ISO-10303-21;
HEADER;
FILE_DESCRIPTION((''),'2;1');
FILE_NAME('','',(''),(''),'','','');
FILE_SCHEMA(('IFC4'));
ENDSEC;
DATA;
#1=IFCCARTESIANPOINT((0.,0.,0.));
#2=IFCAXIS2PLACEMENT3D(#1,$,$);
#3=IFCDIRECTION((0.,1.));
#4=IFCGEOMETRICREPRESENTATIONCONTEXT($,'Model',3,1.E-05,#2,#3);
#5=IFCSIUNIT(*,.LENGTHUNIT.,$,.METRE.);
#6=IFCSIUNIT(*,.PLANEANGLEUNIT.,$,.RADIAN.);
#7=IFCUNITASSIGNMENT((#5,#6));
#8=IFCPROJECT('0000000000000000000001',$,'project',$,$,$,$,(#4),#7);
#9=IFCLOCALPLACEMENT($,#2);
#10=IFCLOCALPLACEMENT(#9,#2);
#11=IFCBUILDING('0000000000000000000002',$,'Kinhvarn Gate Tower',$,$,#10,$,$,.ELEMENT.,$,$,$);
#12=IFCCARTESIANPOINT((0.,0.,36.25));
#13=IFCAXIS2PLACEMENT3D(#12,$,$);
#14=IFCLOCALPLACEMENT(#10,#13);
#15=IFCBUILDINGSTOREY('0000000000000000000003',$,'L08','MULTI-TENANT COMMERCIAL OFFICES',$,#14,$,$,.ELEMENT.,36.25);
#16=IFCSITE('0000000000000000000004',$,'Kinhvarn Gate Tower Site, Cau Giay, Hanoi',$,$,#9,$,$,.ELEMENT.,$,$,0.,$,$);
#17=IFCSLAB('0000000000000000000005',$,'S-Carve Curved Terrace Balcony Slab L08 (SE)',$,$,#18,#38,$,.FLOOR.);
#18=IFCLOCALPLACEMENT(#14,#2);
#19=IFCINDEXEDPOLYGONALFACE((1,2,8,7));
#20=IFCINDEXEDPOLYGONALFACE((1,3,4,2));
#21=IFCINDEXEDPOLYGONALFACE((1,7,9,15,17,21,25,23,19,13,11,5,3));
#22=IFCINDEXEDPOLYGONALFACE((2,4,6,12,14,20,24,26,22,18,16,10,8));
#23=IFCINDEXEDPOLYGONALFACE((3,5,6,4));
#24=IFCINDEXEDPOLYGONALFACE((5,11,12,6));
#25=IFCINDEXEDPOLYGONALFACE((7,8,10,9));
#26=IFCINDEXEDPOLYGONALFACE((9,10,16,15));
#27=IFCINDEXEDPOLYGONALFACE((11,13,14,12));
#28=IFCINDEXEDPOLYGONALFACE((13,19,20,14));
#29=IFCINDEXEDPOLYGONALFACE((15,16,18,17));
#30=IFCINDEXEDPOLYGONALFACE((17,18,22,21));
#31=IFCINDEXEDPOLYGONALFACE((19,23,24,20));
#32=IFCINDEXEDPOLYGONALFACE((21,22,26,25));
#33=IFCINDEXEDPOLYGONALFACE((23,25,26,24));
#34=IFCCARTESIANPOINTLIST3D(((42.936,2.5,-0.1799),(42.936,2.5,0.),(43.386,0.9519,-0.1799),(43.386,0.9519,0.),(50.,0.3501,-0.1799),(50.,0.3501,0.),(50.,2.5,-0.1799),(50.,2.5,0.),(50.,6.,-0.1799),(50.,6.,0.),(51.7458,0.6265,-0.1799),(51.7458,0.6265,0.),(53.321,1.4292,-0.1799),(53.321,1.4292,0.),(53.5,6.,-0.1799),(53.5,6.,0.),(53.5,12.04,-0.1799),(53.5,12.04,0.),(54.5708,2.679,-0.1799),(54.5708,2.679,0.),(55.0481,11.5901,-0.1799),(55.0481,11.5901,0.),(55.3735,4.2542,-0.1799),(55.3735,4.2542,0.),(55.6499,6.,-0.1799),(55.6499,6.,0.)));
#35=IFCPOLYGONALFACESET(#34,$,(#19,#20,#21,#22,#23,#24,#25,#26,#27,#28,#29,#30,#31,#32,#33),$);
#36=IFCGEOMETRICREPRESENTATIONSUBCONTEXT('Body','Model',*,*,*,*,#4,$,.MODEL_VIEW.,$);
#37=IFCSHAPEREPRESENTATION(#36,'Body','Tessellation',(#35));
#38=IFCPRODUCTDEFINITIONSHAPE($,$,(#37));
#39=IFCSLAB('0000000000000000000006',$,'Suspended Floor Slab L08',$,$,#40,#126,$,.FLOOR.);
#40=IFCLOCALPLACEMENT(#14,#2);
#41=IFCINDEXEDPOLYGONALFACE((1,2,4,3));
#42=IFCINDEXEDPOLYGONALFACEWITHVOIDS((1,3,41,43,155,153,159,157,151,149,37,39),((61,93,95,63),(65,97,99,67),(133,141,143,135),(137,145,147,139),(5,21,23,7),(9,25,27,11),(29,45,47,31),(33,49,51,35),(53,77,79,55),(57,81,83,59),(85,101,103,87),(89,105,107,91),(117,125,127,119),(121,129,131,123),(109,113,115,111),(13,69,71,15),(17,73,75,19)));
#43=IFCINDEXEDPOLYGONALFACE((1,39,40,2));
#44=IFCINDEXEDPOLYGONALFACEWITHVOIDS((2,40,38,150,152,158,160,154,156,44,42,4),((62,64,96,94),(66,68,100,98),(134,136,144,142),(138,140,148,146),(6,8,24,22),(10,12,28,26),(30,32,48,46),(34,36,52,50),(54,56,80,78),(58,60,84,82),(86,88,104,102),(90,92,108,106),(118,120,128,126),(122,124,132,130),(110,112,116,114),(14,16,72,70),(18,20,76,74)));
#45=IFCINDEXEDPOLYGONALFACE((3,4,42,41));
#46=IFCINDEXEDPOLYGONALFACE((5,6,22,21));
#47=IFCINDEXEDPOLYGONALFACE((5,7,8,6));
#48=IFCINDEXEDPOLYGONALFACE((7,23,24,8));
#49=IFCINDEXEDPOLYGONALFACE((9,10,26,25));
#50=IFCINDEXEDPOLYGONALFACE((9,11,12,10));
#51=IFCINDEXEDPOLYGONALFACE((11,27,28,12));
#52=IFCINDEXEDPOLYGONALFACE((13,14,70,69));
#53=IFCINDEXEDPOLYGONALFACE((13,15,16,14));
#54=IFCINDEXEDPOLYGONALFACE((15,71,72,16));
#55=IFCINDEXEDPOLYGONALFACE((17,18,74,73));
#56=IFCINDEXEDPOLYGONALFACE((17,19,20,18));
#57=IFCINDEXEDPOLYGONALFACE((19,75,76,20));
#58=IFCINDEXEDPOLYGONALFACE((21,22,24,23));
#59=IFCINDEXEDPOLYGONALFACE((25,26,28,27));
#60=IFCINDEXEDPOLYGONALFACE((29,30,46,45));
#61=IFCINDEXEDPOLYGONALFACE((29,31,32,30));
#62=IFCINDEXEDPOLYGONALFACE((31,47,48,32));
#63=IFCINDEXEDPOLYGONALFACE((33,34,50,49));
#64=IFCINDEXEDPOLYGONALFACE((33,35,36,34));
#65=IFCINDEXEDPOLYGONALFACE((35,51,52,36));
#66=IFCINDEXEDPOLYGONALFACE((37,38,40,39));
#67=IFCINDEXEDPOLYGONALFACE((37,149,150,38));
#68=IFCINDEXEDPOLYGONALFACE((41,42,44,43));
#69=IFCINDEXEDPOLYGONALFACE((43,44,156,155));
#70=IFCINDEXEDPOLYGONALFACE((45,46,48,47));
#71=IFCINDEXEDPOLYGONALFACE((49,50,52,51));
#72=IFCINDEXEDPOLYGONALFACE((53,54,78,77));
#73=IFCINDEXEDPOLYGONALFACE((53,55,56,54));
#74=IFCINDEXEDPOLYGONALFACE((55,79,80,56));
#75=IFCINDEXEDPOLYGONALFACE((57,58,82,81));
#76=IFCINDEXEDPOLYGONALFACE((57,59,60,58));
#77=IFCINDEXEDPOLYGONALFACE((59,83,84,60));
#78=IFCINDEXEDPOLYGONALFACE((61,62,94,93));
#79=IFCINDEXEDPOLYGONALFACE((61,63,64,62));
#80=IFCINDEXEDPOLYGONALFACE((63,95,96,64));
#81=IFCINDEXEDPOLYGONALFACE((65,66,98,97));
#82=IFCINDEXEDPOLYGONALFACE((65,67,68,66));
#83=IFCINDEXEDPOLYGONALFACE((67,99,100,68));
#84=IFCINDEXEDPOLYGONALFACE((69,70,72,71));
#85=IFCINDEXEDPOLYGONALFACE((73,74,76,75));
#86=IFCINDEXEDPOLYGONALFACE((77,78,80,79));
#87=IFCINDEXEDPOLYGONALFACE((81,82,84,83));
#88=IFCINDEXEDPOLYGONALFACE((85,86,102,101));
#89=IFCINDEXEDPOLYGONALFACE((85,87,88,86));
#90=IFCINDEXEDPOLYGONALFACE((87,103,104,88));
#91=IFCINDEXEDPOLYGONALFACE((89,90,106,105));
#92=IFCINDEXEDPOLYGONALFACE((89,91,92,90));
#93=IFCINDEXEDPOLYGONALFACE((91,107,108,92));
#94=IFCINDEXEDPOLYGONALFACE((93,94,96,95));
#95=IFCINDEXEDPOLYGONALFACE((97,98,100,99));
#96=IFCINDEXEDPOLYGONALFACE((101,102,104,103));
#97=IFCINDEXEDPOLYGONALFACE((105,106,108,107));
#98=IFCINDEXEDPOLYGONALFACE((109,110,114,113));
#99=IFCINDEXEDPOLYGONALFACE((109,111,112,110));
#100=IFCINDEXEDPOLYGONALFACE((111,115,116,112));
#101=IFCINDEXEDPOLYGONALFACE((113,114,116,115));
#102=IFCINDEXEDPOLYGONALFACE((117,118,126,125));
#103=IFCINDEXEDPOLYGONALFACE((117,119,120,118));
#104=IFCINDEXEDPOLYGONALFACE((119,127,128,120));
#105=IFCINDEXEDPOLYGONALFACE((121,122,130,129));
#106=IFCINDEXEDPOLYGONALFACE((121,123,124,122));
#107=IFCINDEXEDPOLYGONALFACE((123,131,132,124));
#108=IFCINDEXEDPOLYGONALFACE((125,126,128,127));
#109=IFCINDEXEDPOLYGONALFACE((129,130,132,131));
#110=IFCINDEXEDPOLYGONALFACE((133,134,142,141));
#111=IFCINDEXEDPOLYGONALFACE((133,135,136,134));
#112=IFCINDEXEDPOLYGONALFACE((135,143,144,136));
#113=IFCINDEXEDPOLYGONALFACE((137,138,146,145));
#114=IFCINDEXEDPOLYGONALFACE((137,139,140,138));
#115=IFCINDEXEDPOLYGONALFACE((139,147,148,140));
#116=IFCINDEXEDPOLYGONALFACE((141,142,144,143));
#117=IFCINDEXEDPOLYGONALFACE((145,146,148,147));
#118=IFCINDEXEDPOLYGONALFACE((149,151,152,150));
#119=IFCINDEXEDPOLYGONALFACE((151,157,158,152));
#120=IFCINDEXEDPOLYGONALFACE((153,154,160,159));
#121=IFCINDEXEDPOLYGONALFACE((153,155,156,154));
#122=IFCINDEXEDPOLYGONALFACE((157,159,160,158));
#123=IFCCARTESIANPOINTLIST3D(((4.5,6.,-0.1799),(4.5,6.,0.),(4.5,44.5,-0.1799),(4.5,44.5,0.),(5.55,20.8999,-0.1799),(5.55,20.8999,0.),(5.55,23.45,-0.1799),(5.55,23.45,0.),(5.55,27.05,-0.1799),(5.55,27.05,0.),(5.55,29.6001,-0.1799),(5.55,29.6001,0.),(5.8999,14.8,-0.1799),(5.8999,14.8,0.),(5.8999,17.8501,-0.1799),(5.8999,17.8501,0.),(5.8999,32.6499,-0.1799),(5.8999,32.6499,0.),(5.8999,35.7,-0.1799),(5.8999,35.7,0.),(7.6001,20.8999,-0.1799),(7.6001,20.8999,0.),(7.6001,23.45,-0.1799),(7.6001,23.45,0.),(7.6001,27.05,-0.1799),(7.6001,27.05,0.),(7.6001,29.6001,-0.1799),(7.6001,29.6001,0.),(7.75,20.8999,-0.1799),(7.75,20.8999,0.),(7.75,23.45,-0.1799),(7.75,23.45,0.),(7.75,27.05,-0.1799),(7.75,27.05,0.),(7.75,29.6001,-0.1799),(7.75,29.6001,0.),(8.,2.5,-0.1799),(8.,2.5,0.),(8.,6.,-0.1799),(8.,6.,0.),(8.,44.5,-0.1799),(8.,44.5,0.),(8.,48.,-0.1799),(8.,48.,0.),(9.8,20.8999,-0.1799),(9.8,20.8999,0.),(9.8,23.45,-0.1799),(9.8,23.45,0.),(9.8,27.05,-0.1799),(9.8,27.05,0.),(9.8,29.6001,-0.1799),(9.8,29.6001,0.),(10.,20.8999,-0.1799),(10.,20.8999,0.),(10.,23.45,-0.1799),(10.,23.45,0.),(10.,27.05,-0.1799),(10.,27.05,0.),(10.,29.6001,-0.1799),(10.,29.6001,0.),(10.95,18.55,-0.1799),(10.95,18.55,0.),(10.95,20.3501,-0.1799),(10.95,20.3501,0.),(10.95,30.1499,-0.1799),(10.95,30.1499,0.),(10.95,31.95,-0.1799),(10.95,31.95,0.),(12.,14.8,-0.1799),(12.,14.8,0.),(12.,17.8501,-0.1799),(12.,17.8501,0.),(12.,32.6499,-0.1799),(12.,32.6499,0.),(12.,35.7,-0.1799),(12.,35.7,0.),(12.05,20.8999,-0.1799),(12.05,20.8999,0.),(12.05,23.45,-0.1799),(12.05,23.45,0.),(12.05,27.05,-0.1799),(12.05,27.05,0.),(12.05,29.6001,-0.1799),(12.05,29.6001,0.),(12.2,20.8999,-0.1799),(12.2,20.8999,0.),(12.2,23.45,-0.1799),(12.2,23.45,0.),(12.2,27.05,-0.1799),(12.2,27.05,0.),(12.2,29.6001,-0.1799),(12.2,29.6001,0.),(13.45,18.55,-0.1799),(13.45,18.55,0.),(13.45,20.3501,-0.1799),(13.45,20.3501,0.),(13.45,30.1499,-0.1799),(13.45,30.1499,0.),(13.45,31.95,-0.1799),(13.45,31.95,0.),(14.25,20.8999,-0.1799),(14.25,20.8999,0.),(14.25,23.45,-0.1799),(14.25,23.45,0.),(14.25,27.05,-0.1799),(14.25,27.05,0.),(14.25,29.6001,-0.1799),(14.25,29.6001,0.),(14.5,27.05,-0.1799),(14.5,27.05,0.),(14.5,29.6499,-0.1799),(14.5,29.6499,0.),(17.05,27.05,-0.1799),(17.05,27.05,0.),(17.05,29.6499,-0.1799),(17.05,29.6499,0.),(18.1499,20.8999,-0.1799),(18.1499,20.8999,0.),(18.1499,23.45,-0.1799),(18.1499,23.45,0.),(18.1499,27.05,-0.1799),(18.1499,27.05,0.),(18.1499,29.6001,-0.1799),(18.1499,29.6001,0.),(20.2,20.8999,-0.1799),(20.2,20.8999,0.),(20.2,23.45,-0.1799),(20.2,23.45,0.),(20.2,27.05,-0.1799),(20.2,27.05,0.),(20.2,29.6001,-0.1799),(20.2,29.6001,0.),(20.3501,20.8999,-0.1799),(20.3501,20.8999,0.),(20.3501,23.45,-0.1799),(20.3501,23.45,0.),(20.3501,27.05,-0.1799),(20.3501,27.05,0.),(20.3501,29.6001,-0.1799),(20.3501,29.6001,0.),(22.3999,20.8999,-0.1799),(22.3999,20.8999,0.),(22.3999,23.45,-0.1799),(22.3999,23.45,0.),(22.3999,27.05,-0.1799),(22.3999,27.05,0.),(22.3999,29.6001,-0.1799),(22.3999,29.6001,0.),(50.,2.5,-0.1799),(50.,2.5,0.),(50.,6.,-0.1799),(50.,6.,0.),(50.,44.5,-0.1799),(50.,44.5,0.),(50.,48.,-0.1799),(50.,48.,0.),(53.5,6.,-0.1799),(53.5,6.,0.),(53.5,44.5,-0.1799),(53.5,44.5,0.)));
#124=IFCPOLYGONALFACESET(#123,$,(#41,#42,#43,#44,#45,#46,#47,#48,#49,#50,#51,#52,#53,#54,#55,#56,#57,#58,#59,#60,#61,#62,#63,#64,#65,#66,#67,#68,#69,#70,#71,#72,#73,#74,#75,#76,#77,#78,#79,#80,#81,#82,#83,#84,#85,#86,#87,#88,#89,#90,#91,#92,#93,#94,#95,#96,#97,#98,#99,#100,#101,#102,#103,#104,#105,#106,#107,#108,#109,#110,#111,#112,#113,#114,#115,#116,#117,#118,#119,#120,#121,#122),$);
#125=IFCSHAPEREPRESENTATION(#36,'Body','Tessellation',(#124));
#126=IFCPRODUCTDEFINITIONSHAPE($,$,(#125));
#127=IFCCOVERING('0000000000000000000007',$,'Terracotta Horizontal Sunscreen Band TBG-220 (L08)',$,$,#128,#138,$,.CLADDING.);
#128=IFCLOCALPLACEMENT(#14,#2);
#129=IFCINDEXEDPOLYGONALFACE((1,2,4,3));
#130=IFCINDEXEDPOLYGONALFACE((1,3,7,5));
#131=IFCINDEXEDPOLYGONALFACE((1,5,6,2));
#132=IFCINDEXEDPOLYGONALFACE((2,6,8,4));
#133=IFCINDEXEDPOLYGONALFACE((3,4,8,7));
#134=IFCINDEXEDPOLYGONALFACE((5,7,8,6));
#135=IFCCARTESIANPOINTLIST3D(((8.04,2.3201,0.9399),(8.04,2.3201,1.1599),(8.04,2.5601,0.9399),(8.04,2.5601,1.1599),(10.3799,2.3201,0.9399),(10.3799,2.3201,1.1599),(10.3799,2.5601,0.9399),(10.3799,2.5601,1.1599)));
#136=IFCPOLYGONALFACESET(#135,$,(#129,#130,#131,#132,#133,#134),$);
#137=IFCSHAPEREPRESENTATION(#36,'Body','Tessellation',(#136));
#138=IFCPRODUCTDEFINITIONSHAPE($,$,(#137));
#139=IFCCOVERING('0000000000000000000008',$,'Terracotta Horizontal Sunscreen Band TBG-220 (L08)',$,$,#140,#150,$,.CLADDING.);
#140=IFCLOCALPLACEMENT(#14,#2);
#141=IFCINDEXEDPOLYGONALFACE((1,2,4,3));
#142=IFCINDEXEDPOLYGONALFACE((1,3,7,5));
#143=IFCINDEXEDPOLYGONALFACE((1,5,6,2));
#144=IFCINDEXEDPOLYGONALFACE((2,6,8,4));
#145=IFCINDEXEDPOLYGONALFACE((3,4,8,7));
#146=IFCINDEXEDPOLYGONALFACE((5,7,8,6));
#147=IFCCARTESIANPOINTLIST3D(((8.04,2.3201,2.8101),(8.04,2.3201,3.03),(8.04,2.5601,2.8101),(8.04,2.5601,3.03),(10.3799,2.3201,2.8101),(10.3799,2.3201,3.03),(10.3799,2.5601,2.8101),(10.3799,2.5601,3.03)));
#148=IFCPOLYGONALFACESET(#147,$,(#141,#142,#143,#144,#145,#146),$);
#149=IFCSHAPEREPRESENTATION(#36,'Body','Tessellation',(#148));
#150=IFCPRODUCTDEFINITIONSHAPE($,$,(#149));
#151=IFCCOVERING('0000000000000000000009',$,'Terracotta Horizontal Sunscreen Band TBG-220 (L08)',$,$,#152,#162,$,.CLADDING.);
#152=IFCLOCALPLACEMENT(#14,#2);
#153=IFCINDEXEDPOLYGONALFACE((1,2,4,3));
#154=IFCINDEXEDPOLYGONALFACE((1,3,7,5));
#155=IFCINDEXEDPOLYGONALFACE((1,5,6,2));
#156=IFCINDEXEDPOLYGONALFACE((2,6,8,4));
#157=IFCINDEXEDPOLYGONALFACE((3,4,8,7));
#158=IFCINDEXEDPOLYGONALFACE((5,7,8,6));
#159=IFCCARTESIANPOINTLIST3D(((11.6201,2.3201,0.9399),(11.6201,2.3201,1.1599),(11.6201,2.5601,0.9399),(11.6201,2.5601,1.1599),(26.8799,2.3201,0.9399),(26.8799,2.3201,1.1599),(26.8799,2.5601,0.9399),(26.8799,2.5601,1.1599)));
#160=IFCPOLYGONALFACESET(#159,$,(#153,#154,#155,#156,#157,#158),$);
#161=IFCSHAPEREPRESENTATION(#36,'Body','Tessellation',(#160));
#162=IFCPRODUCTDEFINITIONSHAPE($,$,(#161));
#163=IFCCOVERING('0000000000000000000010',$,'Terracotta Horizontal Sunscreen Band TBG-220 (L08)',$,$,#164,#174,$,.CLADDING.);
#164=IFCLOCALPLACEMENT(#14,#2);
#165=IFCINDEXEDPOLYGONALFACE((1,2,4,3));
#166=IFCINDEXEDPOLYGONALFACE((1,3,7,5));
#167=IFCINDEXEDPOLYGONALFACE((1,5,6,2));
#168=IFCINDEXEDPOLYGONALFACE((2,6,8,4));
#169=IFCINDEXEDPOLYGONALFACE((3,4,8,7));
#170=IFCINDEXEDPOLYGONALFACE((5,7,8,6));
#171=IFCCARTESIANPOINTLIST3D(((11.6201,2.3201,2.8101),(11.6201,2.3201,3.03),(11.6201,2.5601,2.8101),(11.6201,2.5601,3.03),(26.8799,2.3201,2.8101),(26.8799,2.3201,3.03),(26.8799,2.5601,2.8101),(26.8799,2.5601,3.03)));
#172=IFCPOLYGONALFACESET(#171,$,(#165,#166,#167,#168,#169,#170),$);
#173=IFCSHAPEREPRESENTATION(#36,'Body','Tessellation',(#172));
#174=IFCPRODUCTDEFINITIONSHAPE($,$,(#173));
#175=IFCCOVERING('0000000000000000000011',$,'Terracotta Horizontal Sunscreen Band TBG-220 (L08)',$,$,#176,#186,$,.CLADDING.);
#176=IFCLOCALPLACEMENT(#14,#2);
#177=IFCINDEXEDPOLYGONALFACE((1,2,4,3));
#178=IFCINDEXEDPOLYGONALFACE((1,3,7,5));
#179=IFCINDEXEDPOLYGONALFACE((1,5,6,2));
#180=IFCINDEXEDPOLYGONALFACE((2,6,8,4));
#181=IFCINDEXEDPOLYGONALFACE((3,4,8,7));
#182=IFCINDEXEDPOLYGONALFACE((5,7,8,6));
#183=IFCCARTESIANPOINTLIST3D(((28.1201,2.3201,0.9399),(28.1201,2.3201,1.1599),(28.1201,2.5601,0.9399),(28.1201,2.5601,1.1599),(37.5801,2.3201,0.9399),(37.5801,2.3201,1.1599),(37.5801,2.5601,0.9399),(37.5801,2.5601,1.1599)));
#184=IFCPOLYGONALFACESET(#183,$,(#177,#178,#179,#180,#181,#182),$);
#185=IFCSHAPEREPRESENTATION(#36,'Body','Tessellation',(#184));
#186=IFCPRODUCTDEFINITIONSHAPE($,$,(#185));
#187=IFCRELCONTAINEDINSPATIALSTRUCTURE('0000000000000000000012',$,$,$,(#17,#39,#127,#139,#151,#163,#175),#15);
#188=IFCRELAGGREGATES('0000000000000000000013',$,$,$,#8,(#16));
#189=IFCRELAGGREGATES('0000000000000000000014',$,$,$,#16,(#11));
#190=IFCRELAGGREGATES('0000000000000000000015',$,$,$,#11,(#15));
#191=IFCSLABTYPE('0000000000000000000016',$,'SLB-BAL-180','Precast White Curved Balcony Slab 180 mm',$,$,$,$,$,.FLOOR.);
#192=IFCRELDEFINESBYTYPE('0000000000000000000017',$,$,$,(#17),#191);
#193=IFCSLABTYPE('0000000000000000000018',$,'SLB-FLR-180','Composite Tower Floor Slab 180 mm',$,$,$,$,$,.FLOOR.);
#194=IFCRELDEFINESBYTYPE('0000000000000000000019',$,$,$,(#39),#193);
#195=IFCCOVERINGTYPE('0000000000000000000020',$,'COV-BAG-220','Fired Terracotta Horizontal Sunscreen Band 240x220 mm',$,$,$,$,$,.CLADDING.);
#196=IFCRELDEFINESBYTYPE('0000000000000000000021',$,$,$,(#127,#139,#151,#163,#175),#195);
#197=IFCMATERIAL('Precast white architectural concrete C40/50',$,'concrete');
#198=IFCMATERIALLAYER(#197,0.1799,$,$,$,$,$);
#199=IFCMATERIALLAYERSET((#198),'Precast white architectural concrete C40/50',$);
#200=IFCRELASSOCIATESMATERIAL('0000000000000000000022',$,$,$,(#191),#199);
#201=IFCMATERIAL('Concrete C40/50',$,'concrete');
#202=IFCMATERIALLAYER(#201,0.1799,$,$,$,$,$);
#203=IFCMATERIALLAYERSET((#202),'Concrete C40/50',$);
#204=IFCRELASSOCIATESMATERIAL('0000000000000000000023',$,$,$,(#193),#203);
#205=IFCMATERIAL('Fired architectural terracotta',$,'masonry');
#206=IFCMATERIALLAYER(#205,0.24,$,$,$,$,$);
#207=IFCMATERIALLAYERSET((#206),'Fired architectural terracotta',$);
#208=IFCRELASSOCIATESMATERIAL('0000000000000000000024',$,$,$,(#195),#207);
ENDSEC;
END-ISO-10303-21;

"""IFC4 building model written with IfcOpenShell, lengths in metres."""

from ifc_helpers import new_model, si_unit, direction, frame, origin, place, context, subcontext, project, spatial, polyline, outline, extrude, material, layer, layer_set, type_object, element, save


model = new_model("IFC4")

# Units and contexts
model_context = context("Model", 3, precision=1e-05, world=origin(), true_north=direction((0.0, 1.0)))
body_context = subcontext(model_context, "Body", "Model", "MODEL_VIEW")
ifc_project = project(units=[si_unit("LENGTHUNIT", "METRE"), si_unit("PLANEANGLEUNIT", "RADIAN")], contexts=[model_context])

# Site, building, storey
site_placement = place(None, origin())
site = spatial("IfcSite", under=ifc_project, at=site_placement, Name="Kinhvarn Gate Tower Site, Cau Giay, Hanoi", CompositionType="ELEMENT", RefElevation=0.0)
building_placement = place(site_placement, origin())
building = spatial("IfcBuilding", under=site, at=building_placement, Name="Kinhvarn Gate Tower", CompositionType="ELEMENT")
storey_placement = place(building_placement, frame((0.0, 0.0, 36.25)))
storey = spatial("IfcBuildingStorey", under=building, at=storey_placement, Name="L08", Description="MULTI-TENANT COMMERCIAL OFFICES", CompositionType="ELEMENT", Elevation=36.25)

# Slabs
ifc_material_1 = material(Name="Precast white architectural concrete C40/50", Category="concrete")
ifc_layer_1 = layer(ifc_material_1, 0.1799)
ifc_layer_set_1 = layer_set([ifc_layer_1], Name="Precast white architectural concrete C40/50")
slab_type_1 = type_object("IfcSlabType", Name="SLB-BAL-180", Description="Precast White Curved Balcony Slab 180 mm", PredefinedType="FLOOR", material=ifc_layer_set_1)
slab_1_placement = place(storey_placement, frame((0.0, 0.0, -0.1799)))
element("IfcSlab", 1, at=slab_1_placement, inside=storey, type_object=slab_type_1, Name="S-Carve Curved Terrace Balcony Slab L08 (SE)", PredefinedType="FLOOR", context=body_context, shape_type="SweptSolid", body=[
    extrude(outline(polyline([(42.936, 2.5), (43.386, 0.9519), (50.0, 0.3501), (51.7458, 0.6265), (53.321, 1.4292), (54.5708, 2.679), (55.3735, 4.2542), (55.6499, 6.0), (55.0481, 11.5901), (53.5, 12.04), (53.5, 6.0), (50.0, 6.0), (50.0, 2.5), (42.936, 2.5)])), origin(), (0.0, 0.0, 1.0), 0.1799),
])
ifc_material_2 = material(Name="Concrete C40/50", Category="concrete")
ifc_layer_2 = layer(ifc_material_2, 0.1799)
ifc_layer_set_2 = layer_set([ifc_layer_2], Name="Concrete C40/50")
slab_type_2 = type_object("IfcSlabType", Name="SLB-FLR-180", Description="Composite Tower Floor Slab 180 mm", PredefinedType="FLOOR", material=ifc_layer_set_2)
slab_2_placement = place(storey_placement, frame((0.0, 0.0, -0.1799)))
element("IfcSlab", 2, at=slab_2_placement, inside=storey, type_object=slab_type_2, Name="Suspended Floor Slab L08", PredefinedType="FLOOR", context=body_context, shape_type="SweptSolid", body=[
    extrude(outline(polyline([(8.0, 2.5), (50.0, 2.5), (50.0, 6.0), (53.5, 6.0), (53.5, 44.5), (50.0, 44.5), (50.0, 48.0), (8.0, 48.0), (8.0, 44.5), (4.5, 44.5), (4.5, 6.0), (8.0, 6.0), (8.0, 2.5)]), holes=[polyline([(5.8999, 14.8), (12.0, 14.8), (12.0, 17.8501), (5.8999, 17.8501), (5.8999, 14.8)]), polyline([(5.8999, 32.6499), (12.0, 32.6499), (12.0, 35.7), (5.8999, 35.7), (5.8999, 32.6499)]), polyline([(18.1499, 20.8999), (20.2, 20.8999), (20.2, 23.45), (18.1499, 23.45), (18.1499, 20.8999)]), polyline([(20.3501, 20.8999), (22.3999, 20.8999), (22.3999, 23.45), (20.3501, 23.45), (20.3501, 20.8999)]), polyline([(18.1499, 27.05), (20.2, 27.05), (20.2, 29.6001), (18.1499, 29.6001), (18.1499, 27.05)]), polyline([(20.3501, 27.05), (22.3999, 27.05), (22.3999, 29.6001), (20.3501, 29.6001), (20.3501, 27.05)]), polyline([(5.55, 20.8999), (7.6001, 20.8999), (7.6001, 23.45), (5.55, 23.45), (5.55, 20.8999)]), polyline([(7.75, 20.8999), (9.8, 20.8999), (9.8, 23.45), (7.75, 23.45), (7.75, 20.8999)]), polyline([(5.55, 27.05), (7.6001, 27.05), (7.6001, 29.6001), (5.55, 29.6001), (5.55, 27.05)]), polyline([(7.75, 27.05), (9.8, 27.05), (9.8, 29.6001), (7.75, 29.6001), (7.75, 27.05)]), polyline([(10.0, 20.8999), (12.05, 20.8999), (12.05, 23.45), (10.0, 23.45), (10.0, 20.8999)]), polyline([(12.2, 20.8999), (14.25, 20.8999), (14.25, 23.45), (12.2, 23.45), (12.2, 20.8999)]), polyline([(10.0, 27.05), (12.05, 27.05), (12.05, 29.6001), (10.0, 29.6001), (10.0, 27.05)]), polyline([(12.2, 27.05), (14.25, 27.05), (14.25, 29.6001), (12.2, 29.6001), (12.2, 27.05)]), polyline([(14.5, 27.05), (17.05, 27.05), (17.05, 29.6499), (14.5, 29.6499), (14.5, 27.05)]), polyline([(10.95, 18.55), (13.45, 18.55), (13.45, 20.3501), (10.95, 20.3501), (10.95, 18.55)]), polyline([(10.95, 30.1499), (13.45, 30.1499), (13.45, 31.95), (10.95, 31.95), (10.95, 30.1499)])]), origin(), (0.0, 0.0, 1.0), 0.1799),
])

# Coverings
ifc_material_3 = material(Name="Fired architectural terracotta", Category="masonry")
ifc_layer_3 = layer(ifc_material_3, 0.24)
ifc_layer_set_3 = layer_set([ifc_layer_3], Name="Fired architectural terracotta")
covering_type_1 = type_object("IfcCoveringType", Name="COV-BAG-220", Description="Fired Terracotta Horizontal Sunscreen Band 240x220 mm", PredefinedType="CLADDING", material=ifc_layer_set_3)
for number, where, name in (
    (3, (0.0, 0.0, 0.9399), "Terracotta Horizontal Sunscreen Band TBG-220 (L08)"),
    (4, (0.0, 0.0, 2.8101), "Terracotta Horizontal Sunscreen Band TBG-220 (L08)"),
):
    element("IfcCovering", number, at=place(storey_placement, frame(where)), inside=storey, type_object=covering_type_1, Name=name, PredefinedType="CLADDING", context=body_context, shape_type="SweptSolid", body=[
        extrude(outline(polyline([(8.04, 2.5601), (10.3799, 2.5601), (10.3799, 2.3201), (8.04, 2.3201), (8.04, 2.5601)])), origin(), (0.0, 0.0, 1.0), 0.22),
    ])
for number, where, name in (
    (5, (0.0, 0.0, 0.9399), "Terracotta Horizontal Sunscreen Band TBG-220 (L08)"),
    (6, (0.0, 0.0, 2.8101), "Terracotta Horizontal Sunscreen Band TBG-220 (L08)"),
):
    element("IfcCovering", number, at=place(storey_placement, frame(where)), inside=storey, type_object=covering_type_1, Name=name, PredefinedType="CLADDING", context=body_context, shape_type="SweptSolid", body=[
        extrude(outline(polyline([(11.6201, 2.5601), (26.8799, 2.5601), (26.8799, 2.3201), (11.6201, 2.3201), (11.6201, 2.5601)])), origin(), (0.0, 0.0, 1.0), 0.22),
    ])
for number, where, name in (
    (7, (0.0, 0.0, 0.9399), "Terracotta Horizontal Sunscreen Band TBG-220 (L08)"),
):
    element("IfcCovering", number, at=place(storey_placement, frame(where)), inside=storey, type_object=covering_type_1, Name=name, PredefinedType="CLADDING", context=body_context, shape_type="SweptSolid", body=[
        extrude(outline(polyline([(28.1201, 2.5601), (37.5801, 2.5601), (37.5801, 2.3201), (28.1201, 2.3201), (28.1201, 2.5601)])), origin(), (0.0, 0.0, 1.0), 0.22),
    ])

save(model, "model.ifc")
